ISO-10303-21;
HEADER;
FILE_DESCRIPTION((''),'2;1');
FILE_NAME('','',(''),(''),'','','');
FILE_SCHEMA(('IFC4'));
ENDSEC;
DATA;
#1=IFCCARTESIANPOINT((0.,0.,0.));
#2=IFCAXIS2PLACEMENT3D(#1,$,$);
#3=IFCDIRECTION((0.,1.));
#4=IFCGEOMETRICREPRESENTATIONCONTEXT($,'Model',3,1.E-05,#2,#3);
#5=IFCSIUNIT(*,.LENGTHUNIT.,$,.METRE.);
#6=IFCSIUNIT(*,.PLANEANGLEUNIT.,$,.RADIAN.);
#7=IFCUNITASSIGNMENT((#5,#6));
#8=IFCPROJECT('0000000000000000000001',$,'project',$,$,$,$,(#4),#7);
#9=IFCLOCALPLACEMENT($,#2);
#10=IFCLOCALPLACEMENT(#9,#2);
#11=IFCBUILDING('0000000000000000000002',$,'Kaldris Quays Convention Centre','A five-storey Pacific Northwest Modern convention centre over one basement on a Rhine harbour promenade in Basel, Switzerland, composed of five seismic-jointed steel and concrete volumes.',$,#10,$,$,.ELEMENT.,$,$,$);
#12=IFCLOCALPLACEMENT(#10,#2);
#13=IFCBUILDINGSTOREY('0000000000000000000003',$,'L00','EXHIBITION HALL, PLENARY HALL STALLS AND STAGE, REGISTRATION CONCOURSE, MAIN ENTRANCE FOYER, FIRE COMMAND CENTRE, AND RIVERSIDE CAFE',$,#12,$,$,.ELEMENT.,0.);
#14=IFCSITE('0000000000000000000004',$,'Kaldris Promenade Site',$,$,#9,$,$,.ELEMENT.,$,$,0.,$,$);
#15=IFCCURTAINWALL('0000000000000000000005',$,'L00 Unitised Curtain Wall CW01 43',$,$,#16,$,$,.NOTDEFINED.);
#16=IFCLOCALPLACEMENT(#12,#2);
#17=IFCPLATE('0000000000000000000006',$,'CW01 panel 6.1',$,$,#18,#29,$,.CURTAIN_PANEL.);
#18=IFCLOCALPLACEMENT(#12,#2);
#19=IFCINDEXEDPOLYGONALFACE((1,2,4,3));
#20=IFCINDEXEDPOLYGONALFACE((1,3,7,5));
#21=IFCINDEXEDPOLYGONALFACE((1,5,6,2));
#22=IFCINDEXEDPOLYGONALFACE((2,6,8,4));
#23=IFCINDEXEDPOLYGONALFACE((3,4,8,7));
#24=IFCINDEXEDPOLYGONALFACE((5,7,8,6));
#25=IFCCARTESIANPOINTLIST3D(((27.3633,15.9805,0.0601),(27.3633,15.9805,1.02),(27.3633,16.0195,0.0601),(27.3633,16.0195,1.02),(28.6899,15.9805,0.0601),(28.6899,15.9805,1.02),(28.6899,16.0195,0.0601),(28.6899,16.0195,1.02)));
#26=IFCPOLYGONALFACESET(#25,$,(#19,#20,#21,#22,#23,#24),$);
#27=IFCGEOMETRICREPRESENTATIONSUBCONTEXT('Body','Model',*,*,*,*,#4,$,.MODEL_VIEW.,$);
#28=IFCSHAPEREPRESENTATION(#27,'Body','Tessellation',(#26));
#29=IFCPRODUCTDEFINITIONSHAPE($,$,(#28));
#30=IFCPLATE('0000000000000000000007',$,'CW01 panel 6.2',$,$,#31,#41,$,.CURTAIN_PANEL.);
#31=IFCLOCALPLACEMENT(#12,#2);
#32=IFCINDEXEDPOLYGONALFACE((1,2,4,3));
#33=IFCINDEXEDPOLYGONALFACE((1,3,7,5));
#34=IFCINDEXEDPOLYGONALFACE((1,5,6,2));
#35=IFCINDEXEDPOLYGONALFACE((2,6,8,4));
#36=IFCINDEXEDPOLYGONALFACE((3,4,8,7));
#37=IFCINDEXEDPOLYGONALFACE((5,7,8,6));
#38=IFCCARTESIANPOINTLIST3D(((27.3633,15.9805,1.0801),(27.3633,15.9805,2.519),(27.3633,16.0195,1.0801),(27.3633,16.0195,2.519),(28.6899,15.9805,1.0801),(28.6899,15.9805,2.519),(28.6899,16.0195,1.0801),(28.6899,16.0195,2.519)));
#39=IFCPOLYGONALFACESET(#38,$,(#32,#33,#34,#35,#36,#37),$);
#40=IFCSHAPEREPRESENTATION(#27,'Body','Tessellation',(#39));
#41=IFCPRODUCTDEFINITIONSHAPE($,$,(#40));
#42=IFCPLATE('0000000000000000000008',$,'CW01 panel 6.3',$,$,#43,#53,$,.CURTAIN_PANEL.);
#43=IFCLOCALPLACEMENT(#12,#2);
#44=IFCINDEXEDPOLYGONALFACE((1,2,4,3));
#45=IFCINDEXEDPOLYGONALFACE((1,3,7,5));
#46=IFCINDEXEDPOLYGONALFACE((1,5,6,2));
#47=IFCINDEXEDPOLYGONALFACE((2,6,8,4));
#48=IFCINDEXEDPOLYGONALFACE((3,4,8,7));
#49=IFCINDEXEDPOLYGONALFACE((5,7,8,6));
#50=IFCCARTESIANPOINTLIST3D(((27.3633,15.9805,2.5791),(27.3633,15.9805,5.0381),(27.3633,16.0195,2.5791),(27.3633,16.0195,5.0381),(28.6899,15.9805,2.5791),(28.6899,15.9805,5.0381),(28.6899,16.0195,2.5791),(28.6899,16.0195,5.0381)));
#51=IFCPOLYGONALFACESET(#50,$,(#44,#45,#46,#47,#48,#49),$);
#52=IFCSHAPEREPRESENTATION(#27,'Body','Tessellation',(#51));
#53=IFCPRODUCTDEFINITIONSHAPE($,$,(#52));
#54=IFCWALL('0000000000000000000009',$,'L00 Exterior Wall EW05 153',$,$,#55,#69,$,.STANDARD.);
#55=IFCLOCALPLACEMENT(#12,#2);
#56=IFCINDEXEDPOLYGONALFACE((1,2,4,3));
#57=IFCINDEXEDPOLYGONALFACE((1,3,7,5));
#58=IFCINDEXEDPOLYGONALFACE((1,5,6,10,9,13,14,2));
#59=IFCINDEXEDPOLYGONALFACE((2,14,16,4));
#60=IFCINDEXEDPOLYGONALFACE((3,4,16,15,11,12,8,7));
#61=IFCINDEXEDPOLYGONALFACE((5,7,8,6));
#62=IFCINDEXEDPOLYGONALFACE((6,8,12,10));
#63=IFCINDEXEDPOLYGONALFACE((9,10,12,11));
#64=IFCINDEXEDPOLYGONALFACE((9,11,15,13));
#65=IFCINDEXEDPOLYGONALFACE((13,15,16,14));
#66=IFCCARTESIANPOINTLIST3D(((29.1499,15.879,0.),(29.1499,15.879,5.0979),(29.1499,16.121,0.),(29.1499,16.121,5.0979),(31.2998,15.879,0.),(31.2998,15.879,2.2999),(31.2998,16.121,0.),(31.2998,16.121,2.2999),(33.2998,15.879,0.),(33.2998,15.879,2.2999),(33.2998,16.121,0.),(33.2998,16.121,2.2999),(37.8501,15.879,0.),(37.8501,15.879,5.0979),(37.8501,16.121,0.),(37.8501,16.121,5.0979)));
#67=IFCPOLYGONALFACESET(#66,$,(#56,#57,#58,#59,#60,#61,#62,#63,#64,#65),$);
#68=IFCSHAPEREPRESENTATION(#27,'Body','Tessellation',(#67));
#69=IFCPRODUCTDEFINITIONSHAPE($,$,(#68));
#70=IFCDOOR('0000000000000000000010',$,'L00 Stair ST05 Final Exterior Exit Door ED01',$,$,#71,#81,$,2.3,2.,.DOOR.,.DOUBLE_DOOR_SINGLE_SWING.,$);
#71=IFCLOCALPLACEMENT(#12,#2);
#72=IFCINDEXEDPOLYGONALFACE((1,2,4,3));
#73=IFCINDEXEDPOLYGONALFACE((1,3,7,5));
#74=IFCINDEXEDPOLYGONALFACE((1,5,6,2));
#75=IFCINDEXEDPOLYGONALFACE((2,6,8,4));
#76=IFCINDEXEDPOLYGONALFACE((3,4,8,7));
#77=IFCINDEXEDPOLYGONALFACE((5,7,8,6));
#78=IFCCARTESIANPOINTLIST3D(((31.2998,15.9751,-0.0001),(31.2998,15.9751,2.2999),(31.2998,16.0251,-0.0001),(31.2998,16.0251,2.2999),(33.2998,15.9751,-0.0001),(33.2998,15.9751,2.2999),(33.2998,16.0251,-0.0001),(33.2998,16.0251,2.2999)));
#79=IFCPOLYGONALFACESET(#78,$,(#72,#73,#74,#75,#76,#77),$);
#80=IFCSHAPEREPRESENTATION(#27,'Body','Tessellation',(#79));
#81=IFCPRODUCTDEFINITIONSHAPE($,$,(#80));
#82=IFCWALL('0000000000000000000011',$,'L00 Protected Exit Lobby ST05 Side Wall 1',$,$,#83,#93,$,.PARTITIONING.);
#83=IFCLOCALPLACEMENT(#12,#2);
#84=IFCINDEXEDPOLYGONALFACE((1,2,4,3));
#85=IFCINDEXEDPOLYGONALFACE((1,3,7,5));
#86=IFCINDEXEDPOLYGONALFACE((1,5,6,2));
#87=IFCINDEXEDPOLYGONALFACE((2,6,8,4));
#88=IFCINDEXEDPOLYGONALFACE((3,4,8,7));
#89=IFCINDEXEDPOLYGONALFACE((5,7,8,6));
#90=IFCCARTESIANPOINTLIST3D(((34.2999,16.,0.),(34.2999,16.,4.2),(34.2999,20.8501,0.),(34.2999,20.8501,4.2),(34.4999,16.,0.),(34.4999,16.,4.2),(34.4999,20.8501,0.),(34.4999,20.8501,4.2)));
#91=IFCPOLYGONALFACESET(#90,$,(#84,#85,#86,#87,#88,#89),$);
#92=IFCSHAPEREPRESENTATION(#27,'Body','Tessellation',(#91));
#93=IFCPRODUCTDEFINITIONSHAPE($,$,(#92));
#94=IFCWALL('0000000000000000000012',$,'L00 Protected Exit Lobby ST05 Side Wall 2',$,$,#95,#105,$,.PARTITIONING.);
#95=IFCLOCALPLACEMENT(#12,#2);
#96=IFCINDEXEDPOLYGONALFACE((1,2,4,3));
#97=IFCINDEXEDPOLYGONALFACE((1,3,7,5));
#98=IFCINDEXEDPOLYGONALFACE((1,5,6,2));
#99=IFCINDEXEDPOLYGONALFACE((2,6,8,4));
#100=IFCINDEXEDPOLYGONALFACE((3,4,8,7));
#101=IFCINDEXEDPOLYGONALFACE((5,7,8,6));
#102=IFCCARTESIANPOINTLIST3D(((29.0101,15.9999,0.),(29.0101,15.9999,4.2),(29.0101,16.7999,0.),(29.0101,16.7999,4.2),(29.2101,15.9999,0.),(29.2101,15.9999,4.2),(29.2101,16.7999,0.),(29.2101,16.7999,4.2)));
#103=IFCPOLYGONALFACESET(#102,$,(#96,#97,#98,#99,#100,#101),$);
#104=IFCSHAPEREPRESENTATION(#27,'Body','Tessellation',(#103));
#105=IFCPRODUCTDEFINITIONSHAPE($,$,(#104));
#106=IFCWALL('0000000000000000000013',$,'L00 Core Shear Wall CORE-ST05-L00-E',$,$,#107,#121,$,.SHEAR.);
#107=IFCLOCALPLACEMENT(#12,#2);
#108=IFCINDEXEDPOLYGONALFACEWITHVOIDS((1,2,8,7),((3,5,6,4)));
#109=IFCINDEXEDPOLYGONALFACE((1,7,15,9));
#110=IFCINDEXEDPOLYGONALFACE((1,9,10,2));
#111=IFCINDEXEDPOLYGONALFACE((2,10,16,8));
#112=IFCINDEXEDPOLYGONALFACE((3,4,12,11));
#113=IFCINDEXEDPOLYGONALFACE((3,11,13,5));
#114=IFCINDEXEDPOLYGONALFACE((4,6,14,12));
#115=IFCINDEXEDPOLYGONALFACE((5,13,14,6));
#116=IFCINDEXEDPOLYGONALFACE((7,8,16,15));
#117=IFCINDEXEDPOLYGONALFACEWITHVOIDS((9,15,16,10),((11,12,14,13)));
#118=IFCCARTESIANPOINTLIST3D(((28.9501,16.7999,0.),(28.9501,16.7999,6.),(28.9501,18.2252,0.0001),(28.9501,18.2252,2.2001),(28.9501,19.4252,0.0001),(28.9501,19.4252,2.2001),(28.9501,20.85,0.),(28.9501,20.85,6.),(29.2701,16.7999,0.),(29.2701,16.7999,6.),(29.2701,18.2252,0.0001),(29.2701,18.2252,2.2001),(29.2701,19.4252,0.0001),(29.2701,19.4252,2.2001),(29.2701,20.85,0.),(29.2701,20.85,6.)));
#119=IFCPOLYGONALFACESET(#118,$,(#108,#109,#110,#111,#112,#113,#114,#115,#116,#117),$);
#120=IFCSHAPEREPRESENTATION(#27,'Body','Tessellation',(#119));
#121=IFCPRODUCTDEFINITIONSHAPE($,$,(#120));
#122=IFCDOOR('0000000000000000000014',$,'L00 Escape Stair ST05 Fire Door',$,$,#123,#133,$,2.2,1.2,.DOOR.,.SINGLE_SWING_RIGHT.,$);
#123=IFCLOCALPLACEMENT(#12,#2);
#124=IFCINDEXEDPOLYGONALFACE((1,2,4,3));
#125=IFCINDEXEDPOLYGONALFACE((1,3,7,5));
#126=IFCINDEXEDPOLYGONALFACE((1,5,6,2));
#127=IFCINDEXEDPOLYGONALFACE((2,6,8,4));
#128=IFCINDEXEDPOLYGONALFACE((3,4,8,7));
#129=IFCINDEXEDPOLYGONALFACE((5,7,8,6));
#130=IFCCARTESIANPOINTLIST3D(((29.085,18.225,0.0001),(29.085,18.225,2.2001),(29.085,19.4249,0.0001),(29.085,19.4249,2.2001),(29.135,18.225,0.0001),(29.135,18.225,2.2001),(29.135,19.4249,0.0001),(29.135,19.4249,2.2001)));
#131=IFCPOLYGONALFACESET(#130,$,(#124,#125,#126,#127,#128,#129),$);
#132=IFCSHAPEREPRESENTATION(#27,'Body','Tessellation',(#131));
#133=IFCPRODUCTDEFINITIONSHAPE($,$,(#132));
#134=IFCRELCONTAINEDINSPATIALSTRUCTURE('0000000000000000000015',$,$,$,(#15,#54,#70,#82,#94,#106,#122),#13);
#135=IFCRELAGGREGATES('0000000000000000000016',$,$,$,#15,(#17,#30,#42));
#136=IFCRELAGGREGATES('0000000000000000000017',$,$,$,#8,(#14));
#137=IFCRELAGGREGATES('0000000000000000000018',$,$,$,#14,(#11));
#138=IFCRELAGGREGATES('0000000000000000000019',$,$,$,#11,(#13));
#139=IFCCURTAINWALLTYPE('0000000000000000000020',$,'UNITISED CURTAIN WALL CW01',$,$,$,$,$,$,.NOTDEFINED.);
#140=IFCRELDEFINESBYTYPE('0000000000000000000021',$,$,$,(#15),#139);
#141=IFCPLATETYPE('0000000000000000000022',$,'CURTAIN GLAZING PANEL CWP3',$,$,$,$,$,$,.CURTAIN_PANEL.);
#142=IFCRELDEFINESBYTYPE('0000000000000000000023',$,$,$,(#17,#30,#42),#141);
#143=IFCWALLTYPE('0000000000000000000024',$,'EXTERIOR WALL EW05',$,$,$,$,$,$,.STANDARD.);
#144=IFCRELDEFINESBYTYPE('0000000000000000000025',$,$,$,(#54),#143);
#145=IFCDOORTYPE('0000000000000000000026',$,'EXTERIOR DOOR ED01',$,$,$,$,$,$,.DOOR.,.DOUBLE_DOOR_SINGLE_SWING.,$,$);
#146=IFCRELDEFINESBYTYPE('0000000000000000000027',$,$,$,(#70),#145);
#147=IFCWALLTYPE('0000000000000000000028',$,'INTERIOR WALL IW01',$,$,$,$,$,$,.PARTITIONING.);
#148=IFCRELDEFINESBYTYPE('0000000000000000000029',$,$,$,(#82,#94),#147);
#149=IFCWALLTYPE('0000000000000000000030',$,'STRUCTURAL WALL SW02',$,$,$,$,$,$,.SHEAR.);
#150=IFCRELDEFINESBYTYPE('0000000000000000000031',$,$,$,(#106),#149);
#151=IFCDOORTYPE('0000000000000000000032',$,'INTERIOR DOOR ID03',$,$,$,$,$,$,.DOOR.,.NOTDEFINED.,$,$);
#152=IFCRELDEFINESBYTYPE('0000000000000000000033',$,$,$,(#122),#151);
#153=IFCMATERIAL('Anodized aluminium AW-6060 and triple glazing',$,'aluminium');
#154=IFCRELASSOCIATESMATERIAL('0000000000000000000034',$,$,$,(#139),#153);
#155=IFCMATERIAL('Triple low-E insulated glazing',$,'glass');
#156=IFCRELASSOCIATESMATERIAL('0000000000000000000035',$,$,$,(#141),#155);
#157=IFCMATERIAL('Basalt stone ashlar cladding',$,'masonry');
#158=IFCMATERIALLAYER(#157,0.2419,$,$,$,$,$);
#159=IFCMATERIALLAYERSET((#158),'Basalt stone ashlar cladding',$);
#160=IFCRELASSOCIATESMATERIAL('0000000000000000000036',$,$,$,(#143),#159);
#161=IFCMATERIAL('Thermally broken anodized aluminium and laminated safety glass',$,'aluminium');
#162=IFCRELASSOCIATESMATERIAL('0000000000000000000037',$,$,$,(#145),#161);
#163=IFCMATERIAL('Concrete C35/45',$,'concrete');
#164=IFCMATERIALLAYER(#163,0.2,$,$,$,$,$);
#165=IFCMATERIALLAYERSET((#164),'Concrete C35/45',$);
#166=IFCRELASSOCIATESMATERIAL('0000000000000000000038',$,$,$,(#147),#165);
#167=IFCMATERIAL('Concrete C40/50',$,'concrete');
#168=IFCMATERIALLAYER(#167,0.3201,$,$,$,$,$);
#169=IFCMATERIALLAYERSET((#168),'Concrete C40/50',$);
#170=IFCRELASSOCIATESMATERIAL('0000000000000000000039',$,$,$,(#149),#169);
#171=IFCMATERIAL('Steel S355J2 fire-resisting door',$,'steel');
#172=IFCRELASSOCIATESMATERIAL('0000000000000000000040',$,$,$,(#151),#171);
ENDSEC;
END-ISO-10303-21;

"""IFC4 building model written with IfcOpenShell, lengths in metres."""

from ifc_helpers import new_model, si_unit, direction, frame, frame_2d, origin, origin_2d, place, context, subcontext, project, spatial, rectangle, extrude, material, layer, layer_set, type_object, element, fill, aggregate, save


model = new_model("IFC4")

# Units and contexts
model_context = context("Model", 3, precision=1e-05, world=origin(), true_north=direction((0.0, 1.0)))
body_context = subcontext(model_context, "Body", "Model", "MODEL_VIEW")
ifc_project = project(units=[si_unit("LENGTHUNIT", "METRE"), si_unit("PLANEANGLEUNIT", "RADIAN")], contexts=[model_context])

# Site, building, storey
site_placement = place(None, origin())
site = spatial("IfcSite", under=ifc_project, at=site_placement, Name="Kaldris Promenade Site", CompositionType="ELEMENT", RefElevation=0.0)
building_placement = place(site_placement, origin())
building = spatial("IfcBuilding", under=site, at=building_placement, Name="Kaldris Quays Convention Centre", Description="A five-storey Pacific Northwest Modern convention centre over one basement on a Rhine harbour promenade in Basel, Switzerland, composed of five seismic-jointed steel and concrete volumes.", CompositionType="ELEMENT")
storey_placement = place(building_placement, origin())
storey = spatial("IfcBuildingStorey", under=building, at=storey_placement, Name="L00", Description="EXHIBITION HALL, PLENARY HALL STALLS AND STAGE, REGISTRATION CONCOURSE, MAIN ENTRANCE FOYER, FIRE COMMAND CENTRE, AND RIVERSIDE CAFE", CompositionType="ELEMENT", Elevation=0.0)

# Curtain wall
ifc_material_1 = material(Name="Anodized aluminium AW-6060 and triple glazing", Category="aluminium")
curtain_wall_type = type_object("IfcCurtainWallType", Name="UNITISED CURTAIN WALL CW01", PredefinedType="NOTDEFINED", material=ifc_material_1)
curtain_wall_placement = place(storey_placement, origin())
curtain_wall = element("IfcCurtainWall", 1, at=curtain_wall_placement, inside=storey, type_object=curtain_wall_type, Name="L00 Unitised Curtain Wall CW01 43", PredefinedType="NOTDEFINED")

# Plates
ifc_material_2 = material(Name="Triple low-E insulated glazing", Category="glass")
plate_type = type_object("IfcPlateType", Name="CURTAIN GLAZING PANEL CWP3", PredefinedType="CURTAIN_PANEL", material=ifc_material_2)
plate_1_placement = place(storey_placement, frame((28.0266, 16.0, 0.0601), z_axis=(0.0, 0.0, 1.0), x_axis=(1.0, 0.0, 0.0)))
plate_1 = element("IfcPlate", 2, at=plate_1_placement, type_object=plate_type, Name="CW01 panel 6.1", PredefinedType="CURTAIN_PANEL", context=body_context, shape_type="SweptSolid", body=[
    extrude(rectangle(XDim=1.3267, YDim=0.0391, at=origin_2d()), origin(), (0.0, 0.0, 1.0), 0.96),
])
plate_2_placement = place(storey_placement, frame((28.0266, 16.0, 1.0801), z_axis=(0.0, 0.0, 1.0), x_axis=(1.0, 0.0, 0.0)))
plate_2 = element("IfcPlate", 3, at=plate_2_placement, type_object=plate_type, Name="CW01 panel 6.2", PredefinedType="CURTAIN_PANEL", context=body_context, shape_type="SweptSolid", body=[
    extrude(rectangle(XDim=1.3267, YDim=0.0391, at=origin_2d()), origin(), (0.0, 0.0, 1.0), 1.439),
])
plate_3_placement = place(storey_placement, frame((28.0266, 16.0, 2.5791), z_axis=(0.0, 0.0, 1.0), x_axis=(1.0, 0.0, 0.0)))
plate_3 = element("IfcPlate", 4, at=plate_3_placement, type_object=plate_type, Name="CW01 panel 6.3", PredefinedType="CURTAIN_PANEL", context=body_context, shape_type="SweptSolid", body=[
    extrude(rectangle(XDim=1.3267, YDim=0.0391, at=origin_2d()), origin(), (0.0, 0.0, 1.0), 2.459),
])
aggregate(curtain_wall, [plate_1, plate_2, plate_3])

# Wall, opening, door
ifc_material_3 = material(Name="Basalt stone ashlar cladding", Category="masonry")
ifc_layer_1 = layer(ifc_material_3, 0.2419)
ifc_layer_set_1 = layer_set([ifc_layer_1], Name="Basalt stone ashlar cladding")
wall_type_1 = type_object("IfcWallType", Name="EXTERIOR WALL EW05", PredefinedType="STANDARD", material=ifc_layer_set_1)
wall_1_placement = place(storey_placement, frame((29.1499, 16.0, 0.0), z_axis=(0.0, 0.0, 1.0), x_axis=(1.0, 0.0, 0.0)))
wall_1 = element("IfcWall", 5, at=wall_1_placement, inside=storey, type_object=wall_type_1, Name="L00 Exterior Wall EW05 153", PredefinedType="STANDARD", context=body_context, shape_type="SweptSolid", body=[
    extrude(rectangle(XDim=8.7002, YDim=0.2419, at=frame_2d((4.3501, 0.0))), origin(), (0.0, 0.0, 1.0), 5.0979),
])
opening_1_placement = place(wall_1_placement, frame((2.1499, 0.0, 0.0)))
opening_1 = element("IfcOpeningElement", 6, at=opening_1_placement, cuts=wall_1, PredefinedType="OPENING", context=body_context, shape_type="SweptSolid", body=[
    extrude(rectangle(XDim=2.0, YDim=2.3, at=frame_2d((1.0, 1.1499))), frame((0.0, 0.1309, 0.0), z_axis=(0.0, -1.0, 0.0), x_axis=(1.0, 0.0, 0.0)), (0.0, 0.0, 1.0), 0.262),
])
ifc_material_4 = material(Name="Thermally broken anodized aluminium and laminated safety glass", Category="aluminium")
door_type_1 = type_object("IfcDoorType", Name="EXTERIOR DOOR ED01", OperationType="DOUBLE_DOOR_SINGLE_SWING", PredefinedType="DOOR", material=ifc_material_4)
door_1_placement = place(opening_1_placement, frame((2.0, 0.0, 0.0), z_axis=(0.0, 0.0, 1.0), x_axis=(-1.0, 0.0, 0.0)))
door_1 = element("IfcDoor", 7, at=door_1_placement, inside=storey, type_object=door_type_1, Name="L00 Stair ST05 Final Exterior Exit Door ED01", OperationType="DOUBLE_DOOR_SINGLE_SWING", OverallHeight=2.3, OverallWidth=2.0, PredefinedType="DOOR", context=body_context, shape_type="SweptSolid", body=[
    extrude(rectangle(XDim=2.0, YDim=2.3, at=frame_2d((1.0, 1.1499))), frame((0.0, 0.0249, 0.0), z_axis=(0.0, -1.0, 0.0), x_axis=(1.0, 0.0, 0.0)), (0.0, 0.0, 1.0), 0.05),
])
fill(opening_1, door_1)

# Walls
ifc_material_5 = material(Name="Concrete C35/45", Category="concrete")
ifc_layer_2 = layer(ifc_material_5, 0.2)
ifc_layer_set_2 = layer_set([ifc_layer_2], Name="Concrete C35/45")
wall_type_2 = type_object("IfcWallType", Name="INTERIOR WALL IW01", PredefinedType="PARTITIONING", material=ifc_layer_set_2)
wall_2_placement = place(storey_placement, frame((34.3999, 16.0, 0.0), z_axis=(0.0, 0.0, 1.0), x_axis=(0.0, 1.0, 0.0)))
element("IfcWall", 8, at=wall_2_placement, inside=storey, type_object=wall_type_2, Name="L00 Protected Exit Lobby ST05 Side Wall 1", PredefinedType="PARTITIONING", context=body_context, shape_type="SweptSolid", body=[
    extrude(rectangle(XDim=4.8501, YDim=0.2, at=frame_2d((2.425, 0.0))), origin(), (0.0, 0.0, 1.0), 4.2),
])
wall_3_placement = place(storey_placement, frame((29.1101, 16.0, 0.0), z_axis=(0.0, 0.0, 1.0), x_axis=(0.0, 1.0, 0.0)))
element("IfcWall", 9, at=wall_3_placement, inside=storey, type_object=wall_type_2, Name="L00 Protected Exit Lobby ST05 Side Wall 2", PredefinedType="PARTITIONING", context=body_context, shape_type="SweptSolid", body=[
    extrude(rectangle(XDim=0.8, YDim=0.2, at=frame_2d((0.3999, 0.0))), origin(), (0.0, 0.0, 1.0), 4.2),
])

# Wall, opening, door
ifc_material_6 = material(Name="Concrete C40/50", Category="concrete")
ifc_layer_3 = layer(ifc_material_6, 0.3201)
ifc_layer_set_3 = layer_set([ifc_layer_3], Name="Concrete C40/50")
wall_type_3 = type_object("IfcWallType", Name="STRUCTURAL WALL SW02", PredefinedType="SHEAR", material=ifc_layer_set_3)
wall_4_placement = place(storey_placement, frame((29.1101, 16.8, 0.0), z_axis=(0.0, 0.0, 1.0), x_axis=(0.0, 1.0, 0.0)))
wall_4 = element("IfcWall", 10, at=wall_4_placement, inside=storey, type_object=wall_type_3, Name="L00 Core Shear Wall CORE-ST05-L00-E", PredefinedType="SHEAR", context=body_context, shape_type="SweptSolid", body=[
    extrude(rectangle(XDim=4.05, YDim=0.3201, at=frame_2d((2.0249, 0.0))), origin(), (0.0, 0.0, 1.0), 6.0),
])
opening_2_placement = place(wall_4_placement, frame((1.425, 0.0, 0.0)))
opening_2 = element("IfcOpeningElement", 11, at=opening_2_placement, cuts=wall_4, PredefinedType="OPENING", context=body_context, shape_type="SweptSolid", body=[
    extrude(rectangle(XDim=1.2, YDim=2.2, at=frame_2d((0.6001, 1.1001))), frame((0.0, 0.1699, 0.0), z_axis=(0.0, -1.0, 0.0), x_axis=(1.0, 0.0, 0.0)), (0.0, 0.0, 1.0), 0.3401),
])
ifc_material_7 = material(Name="Steel S355J2 fire-resisting door", Category="steel")
door_type_2 = type_object("IfcDoorType", Name="INTERIOR DOOR ID03", OperationType="NOTDEFINED", PredefinedType="DOOR", material=ifc_material_7)
door_2_placement = place(opening_2_placement, frame((1.2, 0.0, 0.0), z_axis=(0.0, 0.0, 1.0), x_axis=(-1.0, 0.0, 0.0)))
door_2 = element("IfcDoor", 12, at=door_2_placement, inside=storey, type_object=door_type_2, Name="L00 Escape Stair ST05 Fire Door", OperationType="SINGLE_SWING_RIGHT", OverallHeight=2.2, OverallWidth=1.2, PredefinedType="DOOR", context=body_context, shape_type="SweptSolid", body=[
    extrude(rectangle(XDim=1.2, YDim=2.2, at=frame_2d((0.6001, 1.1001))), frame((0.0, 0.0249, 0.0), z_axis=(0.0, -1.0, 0.0), x_axis=(1.0, 0.0, 0.0)), (0.0, 0.0, 1.0), 0.05),
])
fill(opening_2, door_2)

save(model, "model.ifc")
